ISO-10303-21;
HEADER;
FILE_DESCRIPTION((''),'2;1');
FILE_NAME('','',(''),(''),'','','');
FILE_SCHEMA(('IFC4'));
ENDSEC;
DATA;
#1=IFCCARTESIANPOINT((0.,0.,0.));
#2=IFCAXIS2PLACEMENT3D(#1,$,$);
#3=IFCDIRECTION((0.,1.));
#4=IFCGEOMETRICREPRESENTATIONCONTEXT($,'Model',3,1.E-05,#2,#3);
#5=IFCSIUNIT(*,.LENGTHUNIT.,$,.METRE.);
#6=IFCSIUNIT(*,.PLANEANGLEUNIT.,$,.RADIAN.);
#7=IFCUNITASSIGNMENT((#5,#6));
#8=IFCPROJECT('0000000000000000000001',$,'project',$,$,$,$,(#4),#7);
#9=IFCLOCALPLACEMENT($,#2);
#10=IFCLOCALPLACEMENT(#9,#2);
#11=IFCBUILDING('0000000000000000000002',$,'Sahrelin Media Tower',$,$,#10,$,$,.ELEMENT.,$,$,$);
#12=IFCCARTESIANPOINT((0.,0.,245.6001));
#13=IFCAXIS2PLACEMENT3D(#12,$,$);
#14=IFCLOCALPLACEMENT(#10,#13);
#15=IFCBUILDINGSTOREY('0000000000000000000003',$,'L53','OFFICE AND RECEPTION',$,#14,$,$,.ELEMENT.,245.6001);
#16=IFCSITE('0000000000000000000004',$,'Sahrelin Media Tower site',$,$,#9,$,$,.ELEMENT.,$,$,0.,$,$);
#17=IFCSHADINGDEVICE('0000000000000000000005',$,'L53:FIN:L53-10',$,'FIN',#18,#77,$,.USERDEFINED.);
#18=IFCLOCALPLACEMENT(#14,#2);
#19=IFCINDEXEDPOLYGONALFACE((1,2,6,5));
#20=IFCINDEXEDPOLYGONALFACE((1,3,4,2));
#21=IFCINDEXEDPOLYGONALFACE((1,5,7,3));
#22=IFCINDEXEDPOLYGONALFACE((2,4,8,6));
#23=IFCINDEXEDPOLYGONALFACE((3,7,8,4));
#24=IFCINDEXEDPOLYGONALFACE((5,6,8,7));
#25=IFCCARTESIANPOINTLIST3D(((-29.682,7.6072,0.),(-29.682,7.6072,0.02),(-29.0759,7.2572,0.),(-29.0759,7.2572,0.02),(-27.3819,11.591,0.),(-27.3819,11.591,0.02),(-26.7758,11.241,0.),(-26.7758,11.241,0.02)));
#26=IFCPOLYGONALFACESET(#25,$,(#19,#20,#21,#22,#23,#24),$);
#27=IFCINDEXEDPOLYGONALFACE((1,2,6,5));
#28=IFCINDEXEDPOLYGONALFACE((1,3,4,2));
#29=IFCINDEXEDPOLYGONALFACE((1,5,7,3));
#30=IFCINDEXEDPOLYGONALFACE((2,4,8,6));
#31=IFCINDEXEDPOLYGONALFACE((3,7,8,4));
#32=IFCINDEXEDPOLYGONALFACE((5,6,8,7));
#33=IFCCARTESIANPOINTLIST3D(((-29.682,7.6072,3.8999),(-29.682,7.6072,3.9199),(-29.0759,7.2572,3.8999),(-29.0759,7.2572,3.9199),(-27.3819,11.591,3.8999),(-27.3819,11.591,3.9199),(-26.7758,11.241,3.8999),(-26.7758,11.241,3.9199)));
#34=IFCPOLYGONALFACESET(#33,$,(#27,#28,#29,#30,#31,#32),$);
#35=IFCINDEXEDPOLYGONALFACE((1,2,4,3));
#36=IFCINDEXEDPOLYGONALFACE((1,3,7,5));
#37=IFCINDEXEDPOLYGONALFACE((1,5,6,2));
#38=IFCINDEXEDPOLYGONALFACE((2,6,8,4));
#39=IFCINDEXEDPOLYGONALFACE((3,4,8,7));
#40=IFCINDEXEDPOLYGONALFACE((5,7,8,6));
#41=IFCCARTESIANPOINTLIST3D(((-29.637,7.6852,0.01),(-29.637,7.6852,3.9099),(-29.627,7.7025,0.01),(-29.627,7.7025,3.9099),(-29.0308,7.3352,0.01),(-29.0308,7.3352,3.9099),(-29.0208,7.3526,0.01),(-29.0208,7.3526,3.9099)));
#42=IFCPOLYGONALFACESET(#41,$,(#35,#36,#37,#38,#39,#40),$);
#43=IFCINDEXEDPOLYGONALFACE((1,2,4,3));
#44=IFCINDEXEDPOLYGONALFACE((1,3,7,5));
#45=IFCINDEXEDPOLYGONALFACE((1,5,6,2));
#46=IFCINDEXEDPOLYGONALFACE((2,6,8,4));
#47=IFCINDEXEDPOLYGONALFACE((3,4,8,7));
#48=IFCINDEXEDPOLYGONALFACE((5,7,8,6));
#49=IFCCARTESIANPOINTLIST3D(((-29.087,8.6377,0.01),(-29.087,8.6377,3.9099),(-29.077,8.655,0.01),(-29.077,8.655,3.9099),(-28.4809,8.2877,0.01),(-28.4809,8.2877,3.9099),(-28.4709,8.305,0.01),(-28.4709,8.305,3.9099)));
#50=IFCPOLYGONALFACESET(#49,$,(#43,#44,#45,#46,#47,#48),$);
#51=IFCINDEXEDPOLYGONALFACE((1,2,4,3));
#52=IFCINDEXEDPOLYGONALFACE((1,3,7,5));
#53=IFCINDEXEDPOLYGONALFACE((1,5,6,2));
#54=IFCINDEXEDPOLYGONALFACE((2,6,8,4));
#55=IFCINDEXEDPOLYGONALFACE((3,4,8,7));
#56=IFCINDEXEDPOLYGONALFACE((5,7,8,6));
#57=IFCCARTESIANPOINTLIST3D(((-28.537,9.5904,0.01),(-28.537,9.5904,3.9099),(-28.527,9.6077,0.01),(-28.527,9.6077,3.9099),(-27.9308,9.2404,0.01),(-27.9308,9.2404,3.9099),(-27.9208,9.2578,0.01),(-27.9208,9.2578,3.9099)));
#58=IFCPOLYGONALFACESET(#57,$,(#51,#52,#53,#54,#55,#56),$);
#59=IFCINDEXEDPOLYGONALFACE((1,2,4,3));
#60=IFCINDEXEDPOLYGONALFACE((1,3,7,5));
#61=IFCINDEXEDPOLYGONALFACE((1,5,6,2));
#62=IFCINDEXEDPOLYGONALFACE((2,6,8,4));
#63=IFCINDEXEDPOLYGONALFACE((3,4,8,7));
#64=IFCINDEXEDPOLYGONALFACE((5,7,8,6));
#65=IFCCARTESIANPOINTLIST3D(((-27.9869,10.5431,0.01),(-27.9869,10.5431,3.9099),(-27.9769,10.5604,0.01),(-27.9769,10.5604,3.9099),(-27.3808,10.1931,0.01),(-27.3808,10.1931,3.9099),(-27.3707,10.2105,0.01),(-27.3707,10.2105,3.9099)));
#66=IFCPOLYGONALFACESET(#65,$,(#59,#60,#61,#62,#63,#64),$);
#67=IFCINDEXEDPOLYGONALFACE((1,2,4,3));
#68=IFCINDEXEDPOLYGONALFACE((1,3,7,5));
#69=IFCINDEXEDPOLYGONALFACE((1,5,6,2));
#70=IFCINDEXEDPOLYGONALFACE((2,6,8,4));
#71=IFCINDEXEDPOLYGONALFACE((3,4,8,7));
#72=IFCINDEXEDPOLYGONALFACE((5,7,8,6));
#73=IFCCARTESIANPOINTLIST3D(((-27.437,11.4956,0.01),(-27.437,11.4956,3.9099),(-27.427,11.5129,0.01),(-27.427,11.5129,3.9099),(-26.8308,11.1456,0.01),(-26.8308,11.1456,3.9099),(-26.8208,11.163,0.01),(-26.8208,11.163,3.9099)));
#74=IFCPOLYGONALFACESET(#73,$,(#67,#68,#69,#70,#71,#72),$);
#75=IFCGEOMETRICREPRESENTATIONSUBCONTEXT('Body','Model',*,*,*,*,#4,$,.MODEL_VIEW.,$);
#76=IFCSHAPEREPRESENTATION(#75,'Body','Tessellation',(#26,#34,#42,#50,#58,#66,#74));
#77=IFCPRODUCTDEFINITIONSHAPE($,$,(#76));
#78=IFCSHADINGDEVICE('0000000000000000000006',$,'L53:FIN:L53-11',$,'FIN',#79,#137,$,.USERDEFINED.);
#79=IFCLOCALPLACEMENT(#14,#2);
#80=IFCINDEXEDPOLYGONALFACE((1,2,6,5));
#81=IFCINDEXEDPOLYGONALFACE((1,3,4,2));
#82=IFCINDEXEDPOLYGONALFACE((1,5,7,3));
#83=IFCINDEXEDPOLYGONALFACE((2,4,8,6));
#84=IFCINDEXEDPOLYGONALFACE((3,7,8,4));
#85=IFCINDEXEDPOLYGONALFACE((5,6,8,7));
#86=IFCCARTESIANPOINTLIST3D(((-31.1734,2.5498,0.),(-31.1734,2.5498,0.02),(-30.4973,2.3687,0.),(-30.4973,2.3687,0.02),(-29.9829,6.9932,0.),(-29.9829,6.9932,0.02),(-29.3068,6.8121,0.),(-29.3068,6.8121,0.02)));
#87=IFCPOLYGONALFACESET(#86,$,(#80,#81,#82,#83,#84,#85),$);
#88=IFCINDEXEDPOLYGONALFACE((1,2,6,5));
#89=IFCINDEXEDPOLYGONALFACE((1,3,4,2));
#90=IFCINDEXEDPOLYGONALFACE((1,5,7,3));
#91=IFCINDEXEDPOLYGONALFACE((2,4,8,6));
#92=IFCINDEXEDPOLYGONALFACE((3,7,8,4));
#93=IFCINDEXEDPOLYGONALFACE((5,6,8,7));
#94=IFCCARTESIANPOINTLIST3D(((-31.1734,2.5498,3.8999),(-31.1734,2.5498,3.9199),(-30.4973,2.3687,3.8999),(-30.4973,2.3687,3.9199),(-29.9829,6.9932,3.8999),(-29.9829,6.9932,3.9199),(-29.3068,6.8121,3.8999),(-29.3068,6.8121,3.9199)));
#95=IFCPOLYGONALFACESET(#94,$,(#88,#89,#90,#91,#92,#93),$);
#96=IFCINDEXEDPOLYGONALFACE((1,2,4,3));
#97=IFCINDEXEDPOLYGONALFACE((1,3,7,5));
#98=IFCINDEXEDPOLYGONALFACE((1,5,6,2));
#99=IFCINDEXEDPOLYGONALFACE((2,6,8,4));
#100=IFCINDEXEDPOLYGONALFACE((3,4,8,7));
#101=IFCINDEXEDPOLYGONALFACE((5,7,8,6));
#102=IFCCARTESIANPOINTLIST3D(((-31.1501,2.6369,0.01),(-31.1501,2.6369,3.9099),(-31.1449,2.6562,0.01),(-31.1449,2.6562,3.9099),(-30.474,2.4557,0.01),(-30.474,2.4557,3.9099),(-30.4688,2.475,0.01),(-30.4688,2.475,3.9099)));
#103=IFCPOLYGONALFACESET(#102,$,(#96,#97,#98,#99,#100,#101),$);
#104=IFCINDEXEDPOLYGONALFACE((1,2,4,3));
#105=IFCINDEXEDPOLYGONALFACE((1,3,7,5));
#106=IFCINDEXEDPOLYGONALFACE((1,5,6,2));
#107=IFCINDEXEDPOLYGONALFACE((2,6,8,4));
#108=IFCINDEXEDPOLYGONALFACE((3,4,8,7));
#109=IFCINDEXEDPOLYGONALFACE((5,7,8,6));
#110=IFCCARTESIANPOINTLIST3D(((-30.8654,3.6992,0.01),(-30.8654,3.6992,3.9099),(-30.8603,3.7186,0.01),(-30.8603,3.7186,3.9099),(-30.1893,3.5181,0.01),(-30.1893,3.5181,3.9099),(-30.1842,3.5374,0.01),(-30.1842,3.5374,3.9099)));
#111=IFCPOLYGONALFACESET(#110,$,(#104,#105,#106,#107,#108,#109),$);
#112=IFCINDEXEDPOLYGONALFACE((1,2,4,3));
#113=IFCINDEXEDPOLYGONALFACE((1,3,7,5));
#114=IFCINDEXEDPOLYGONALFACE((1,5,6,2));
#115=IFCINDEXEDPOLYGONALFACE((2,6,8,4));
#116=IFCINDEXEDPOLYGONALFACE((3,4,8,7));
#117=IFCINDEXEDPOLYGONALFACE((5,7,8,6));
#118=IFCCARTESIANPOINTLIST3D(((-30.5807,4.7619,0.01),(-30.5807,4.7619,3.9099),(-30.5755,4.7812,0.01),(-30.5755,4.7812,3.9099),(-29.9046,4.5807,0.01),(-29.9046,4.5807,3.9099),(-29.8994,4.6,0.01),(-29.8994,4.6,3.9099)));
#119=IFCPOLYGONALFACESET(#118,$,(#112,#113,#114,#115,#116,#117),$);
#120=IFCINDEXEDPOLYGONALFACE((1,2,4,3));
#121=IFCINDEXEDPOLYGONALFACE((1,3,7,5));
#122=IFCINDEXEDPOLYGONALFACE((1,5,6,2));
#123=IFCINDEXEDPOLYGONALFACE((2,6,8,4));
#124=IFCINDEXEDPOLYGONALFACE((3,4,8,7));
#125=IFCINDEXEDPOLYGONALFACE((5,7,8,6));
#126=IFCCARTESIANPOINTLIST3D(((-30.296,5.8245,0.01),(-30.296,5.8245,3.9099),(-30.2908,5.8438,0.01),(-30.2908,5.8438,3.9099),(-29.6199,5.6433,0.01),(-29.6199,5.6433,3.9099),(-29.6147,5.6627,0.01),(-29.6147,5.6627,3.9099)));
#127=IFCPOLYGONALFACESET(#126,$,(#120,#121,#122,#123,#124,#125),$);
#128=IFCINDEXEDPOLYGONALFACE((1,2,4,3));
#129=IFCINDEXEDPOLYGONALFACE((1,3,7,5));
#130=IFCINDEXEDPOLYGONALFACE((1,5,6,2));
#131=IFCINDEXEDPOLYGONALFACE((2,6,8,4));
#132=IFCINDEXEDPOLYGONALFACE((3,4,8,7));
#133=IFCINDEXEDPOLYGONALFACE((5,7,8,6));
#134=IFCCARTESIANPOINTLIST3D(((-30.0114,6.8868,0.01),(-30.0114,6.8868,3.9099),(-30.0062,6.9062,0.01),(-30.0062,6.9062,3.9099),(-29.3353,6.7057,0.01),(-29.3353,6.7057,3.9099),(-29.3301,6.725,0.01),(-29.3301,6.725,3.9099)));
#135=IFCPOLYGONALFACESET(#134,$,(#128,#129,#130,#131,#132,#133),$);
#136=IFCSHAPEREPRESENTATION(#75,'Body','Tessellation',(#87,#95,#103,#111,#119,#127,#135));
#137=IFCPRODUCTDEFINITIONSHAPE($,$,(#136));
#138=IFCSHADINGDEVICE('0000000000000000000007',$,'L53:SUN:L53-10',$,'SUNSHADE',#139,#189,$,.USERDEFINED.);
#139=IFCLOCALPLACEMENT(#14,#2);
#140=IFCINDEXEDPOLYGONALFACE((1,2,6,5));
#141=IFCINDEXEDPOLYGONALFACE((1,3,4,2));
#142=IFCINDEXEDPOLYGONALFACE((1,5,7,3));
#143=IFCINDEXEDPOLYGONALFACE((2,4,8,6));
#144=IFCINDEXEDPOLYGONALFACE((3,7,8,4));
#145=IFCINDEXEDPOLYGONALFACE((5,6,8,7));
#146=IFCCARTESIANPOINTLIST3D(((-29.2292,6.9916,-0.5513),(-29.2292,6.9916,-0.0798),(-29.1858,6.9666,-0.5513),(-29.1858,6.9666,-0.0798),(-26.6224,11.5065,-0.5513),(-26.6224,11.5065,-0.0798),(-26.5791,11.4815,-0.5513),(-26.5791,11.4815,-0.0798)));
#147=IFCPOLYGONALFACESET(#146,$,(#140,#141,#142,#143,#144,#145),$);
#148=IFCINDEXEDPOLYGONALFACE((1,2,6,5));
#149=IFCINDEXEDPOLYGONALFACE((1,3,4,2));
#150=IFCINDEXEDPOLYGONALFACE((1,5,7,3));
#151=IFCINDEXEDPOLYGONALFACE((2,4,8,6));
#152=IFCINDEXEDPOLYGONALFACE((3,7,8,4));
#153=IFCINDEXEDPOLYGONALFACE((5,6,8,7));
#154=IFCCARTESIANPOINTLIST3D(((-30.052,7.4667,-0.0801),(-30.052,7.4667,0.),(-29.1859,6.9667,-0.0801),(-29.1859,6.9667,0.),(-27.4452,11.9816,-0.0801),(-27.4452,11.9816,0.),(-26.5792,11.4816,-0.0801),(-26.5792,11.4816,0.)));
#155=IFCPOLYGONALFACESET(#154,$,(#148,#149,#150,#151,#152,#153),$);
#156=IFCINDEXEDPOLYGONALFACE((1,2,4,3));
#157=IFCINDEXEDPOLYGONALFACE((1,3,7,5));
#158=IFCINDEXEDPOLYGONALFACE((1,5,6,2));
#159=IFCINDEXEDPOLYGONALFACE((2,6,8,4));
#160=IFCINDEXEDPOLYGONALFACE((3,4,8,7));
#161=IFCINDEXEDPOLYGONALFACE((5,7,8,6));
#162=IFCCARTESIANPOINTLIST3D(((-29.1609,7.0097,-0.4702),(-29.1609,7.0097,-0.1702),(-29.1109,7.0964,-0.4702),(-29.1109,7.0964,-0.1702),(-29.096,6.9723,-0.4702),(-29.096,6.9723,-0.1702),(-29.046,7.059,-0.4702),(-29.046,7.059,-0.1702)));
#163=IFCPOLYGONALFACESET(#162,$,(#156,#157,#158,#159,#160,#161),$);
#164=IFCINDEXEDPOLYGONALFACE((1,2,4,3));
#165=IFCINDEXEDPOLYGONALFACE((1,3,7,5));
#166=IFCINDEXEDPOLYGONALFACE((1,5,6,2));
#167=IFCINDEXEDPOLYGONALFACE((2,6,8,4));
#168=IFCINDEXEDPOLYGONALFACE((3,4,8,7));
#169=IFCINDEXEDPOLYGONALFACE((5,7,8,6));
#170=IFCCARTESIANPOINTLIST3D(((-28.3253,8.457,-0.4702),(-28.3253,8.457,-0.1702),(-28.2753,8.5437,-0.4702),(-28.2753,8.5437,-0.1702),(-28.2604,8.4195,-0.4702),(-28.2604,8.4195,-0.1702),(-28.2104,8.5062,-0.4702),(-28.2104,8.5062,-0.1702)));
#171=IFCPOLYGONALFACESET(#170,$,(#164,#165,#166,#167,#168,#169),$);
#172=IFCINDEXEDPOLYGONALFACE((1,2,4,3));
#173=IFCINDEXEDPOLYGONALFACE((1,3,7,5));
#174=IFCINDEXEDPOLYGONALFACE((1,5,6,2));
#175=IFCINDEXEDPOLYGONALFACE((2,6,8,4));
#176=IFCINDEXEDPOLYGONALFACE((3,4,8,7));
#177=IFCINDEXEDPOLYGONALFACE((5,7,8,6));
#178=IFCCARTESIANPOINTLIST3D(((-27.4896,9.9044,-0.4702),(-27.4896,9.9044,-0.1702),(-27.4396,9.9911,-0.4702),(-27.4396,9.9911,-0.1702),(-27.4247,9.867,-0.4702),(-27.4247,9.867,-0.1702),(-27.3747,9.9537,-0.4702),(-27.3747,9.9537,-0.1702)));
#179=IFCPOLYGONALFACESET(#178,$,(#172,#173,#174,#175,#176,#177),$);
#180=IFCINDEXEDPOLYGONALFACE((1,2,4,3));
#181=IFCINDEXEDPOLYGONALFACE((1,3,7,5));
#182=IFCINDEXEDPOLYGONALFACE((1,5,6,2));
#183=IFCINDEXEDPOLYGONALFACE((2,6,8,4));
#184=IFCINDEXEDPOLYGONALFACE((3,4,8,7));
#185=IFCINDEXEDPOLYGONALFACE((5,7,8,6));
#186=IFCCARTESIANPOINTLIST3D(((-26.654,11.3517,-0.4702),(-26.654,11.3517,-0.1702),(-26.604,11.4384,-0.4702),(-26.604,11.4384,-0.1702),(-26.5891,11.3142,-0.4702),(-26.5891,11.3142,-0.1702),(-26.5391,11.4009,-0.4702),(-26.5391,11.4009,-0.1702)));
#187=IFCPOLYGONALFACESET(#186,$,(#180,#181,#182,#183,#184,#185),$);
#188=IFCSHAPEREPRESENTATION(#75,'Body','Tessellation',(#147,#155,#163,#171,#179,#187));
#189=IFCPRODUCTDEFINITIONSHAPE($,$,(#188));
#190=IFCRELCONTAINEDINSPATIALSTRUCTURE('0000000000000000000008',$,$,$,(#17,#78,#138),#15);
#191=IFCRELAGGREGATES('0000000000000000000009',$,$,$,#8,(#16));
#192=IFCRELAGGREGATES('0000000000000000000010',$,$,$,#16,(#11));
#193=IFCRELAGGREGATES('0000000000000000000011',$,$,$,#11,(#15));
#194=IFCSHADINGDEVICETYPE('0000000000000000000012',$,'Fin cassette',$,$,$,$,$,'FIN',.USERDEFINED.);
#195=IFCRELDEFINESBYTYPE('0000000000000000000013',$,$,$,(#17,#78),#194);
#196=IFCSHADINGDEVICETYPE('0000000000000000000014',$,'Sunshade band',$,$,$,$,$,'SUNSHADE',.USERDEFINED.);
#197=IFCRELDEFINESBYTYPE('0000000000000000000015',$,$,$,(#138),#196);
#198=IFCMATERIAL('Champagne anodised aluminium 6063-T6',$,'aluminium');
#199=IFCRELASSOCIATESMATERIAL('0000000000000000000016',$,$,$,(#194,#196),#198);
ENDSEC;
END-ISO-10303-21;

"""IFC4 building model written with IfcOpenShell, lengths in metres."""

from ifc_helpers import new_model, si_unit, direction, frame, origin, origin_2d, place, context, subcontext, project, spatial, rectangle, extrude, material, type_object, element, save


model = new_model("IFC4")

# Units and contexts
model_context = context("Model", 3, precision=1e-05, world=origin(), true_north=direction((0.0, 1.0)))
body_context = subcontext(model_context, "Body", "Model", "MODEL_VIEW")
ifc_project = project(units=[si_unit("LENGTHUNIT", "METRE"), si_unit("PLANEANGLEUNIT", "RADIAN")], contexts=[model_context])

# Site, building, storey
site_placement = place(None, origin())
site = spatial("IfcSite", under=ifc_project, at=site_placement, Name="Sahrelin Media Tower site", CompositionType="ELEMENT", RefElevation=0.0)
building_placement = place(site_placement, origin())
building = spatial("IfcBuilding", under=site, at=building_placement, Name="Sahrelin Media Tower", CompositionType="ELEMENT")
storey_placement = place(building_placement, frame((0.0, 0.0, 245.6001)))
storey = spatial("IfcBuildingStorey", under=building, at=storey_placement, Name="L53", Description="OFFICE AND RECEPTION", CompositionType="ELEMENT", Elevation=245.6001)

# Shared definitions
ifc_material_1 = material(Name="Champagne anodised aluminium 6063-T6", Category="aluminium")

# Shading devices
shading_device_type_1 = type_object("IfcShadingDeviceType", Name="Fin cassette", ElementType="FIN", PredefinedType="USERDEFINED", material=ifc_material_1)
placement_1 = place(storey_placement, frame((-27.8652, 9.2141, 0.0), z_axis=(0.0, 0.0, 1.0), x_axis=(0.500011, 0.866019, 0.0)))
element("IfcShadingDevice", 1, at=placement_1, inside=storey, type_object=shading_device_type_1, Name="L53:FIN:L53-10", ObjectType="FIN", PredefinedType="USERDEFINED", context=body_context, shape_type="SweptSolid", body=[
    extrude(rectangle(XDim=4.6001, YDim=0.7, at=origin_2d()), frame((0.0, 0.4199, 0.0)), (0.0, 0.0, 1.0), 0.02),
    extrude(rectangle(XDim=4.6001, YDim=0.7, at=origin_2d()), frame((0.0, 0.4199, 3.8999)), (0.0, 0.0, 1.0), 0.02),
    extrude(rectangle(XDim=0.02, YDim=0.7, at=origin_2d()), frame((-2.2, 0.4199, 0.01), z_axis=(0.0, 0.0, 1.0), x_axis=(1.0, 0.0, 0.0)), (0.0, 0.0, 1.0), 3.8999),
    extrude(rectangle(XDim=0.02, YDim=0.7, at=origin_2d()), frame((-1.1001, 0.4199, 0.01), z_axis=(0.0, 0.0, 1.0), x_axis=(1.0, 0.0, 0.0)), (0.0, 0.0, 1.0), 3.8999),
    extrude(rectangle(XDim=0.02, YDim=0.7, at=origin_2d()), frame((0.0, 0.4199, 0.01), z_axis=(0.0, 0.0, 1.0), x_axis=(1.0, 0.0, 0.0)), (0.0, 0.0, 1.0), 3.8999),
    extrude(rectangle(XDim=0.02, YDim=0.7, at=origin_2d()), frame((1.1001, 0.4199, 0.01), z_axis=(0.0, 0.0, 1.0), x_axis=(1.0, 0.0, 0.0)), (0.0, 0.0, 1.0), 3.8999),
    extrude(rectangle(XDim=0.02, YDim=0.7, at=origin_2d()), frame((2.2, 0.4199, 0.01), z_axis=(0.0, 0.0, 1.0), x_axis=(1.0, 0.0, 0.0)), (0.0, 0.0, 1.0), 3.8999),
])
placement_2 = place(storey_placement, frame((-29.8345, 4.5723, 0.0), z_axis=(0.0, 0.0, 1.0), x_axis=(0.258808, 0.965929, 0.0)))
element("IfcShadingDevice", 2, at=placement_2, inside=storey, type_object=shading_device_type_1, Name="L53:FIN:L53-11", ObjectType="FIN", PredefinedType="USERDEFINED", context=body_context, shape_type="SweptSolid", body=[
    extrude(rectangle(XDim=4.6001, YDim=0.7, at=origin_2d()), frame((0.0, 0.4199, 0.0)), (0.0, 0.0, 1.0), 0.02),
    extrude(rectangle(XDim=4.6001, YDim=0.7, at=origin_2d()), frame((0.0, 0.4199, 3.8999)), (0.0, 0.0, 1.0), 0.02),
    extrude(rectangle(XDim=0.02, YDim=0.7, at=origin_2d()), frame((-2.2, 0.4199, 0.01), z_axis=(0.0, 0.0, 1.0), x_axis=(1.0, 0.0, 0.0)), (0.0, 0.0, 1.0), 3.8999),
    extrude(rectangle(XDim=0.02, YDim=0.7, at=origin_2d()), frame((-1.1001, 0.4199, 0.01), z_axis=(0.0, 0.0, 1.0), x_axis=(1.0, 0.0, 0.0)), (0.0, 0.0, 1.0), 3.8999),
    extrude(rectangle(XDim=0.02, YDim=0.7, at=origin_2d()), frame((0.0, 0.4199, 0.01), z_axis=(0.0, 0.0, 1.0), x_axis=(1.0, 0.0, 0.0)), (0.0, 0.0, 1.0), 3.8999),
    extrude(rectangle(XDim=0.02, YDim=0.7, at=origin_2d()), frame((1.1001, 0.4199, 0.01), z_axis=(0.0, 0.0, 1.0), x_axis=(1.0, 0.0, 0.0)), (0.0, 0.0, 1.0), 3.8999),
    extrude(rectangle(XDim=0.02, YDim=0.7, at=origin_2d()), frame((2.2, 0.4199, 0.01), z_axis=(0.0, 0.0, 1.0), x_axis=(1.0, 0.0, 0.0)), (0.0, 0.0, 1.0), 3.8999),
])
shading_device_type_2 = type_object("IfcShadingDeviceType", Name="Sunshade band", ElementType="SUNSHADE", PredefinedType="USERDEFINED", material=ifc_material_1)
element("IfcShadingDevice", 3, at=placement_1, inside=storey, type_object=shading_device_type_2, Name="L53:SUN:L53-10", ObjectType="SUNSHADE", PredefinedType="USERDEFINED", context=body_context, shape_type="SweptSolid", body=[
    extrude(rectangle(XDim=5.2134, YDim=0.05, at=origin_2d()), frame((0.0, 0.0449, -0.5513)), (0.0, 0.0, 1.0), 0.4714),
    extrude(rectangle(XDim=5.2134, YDim=1.0, at=origin_2d()), frame((0.0, 0.52, -0.0801)), (0.0, 0.0, 1.0), 0.0801),
    extrude(rectangle(XDim=0.1001, YDim=0.075, at=origin_2d()), frame((-2.5068, -0.0176, -0.4702)), (0.0, 0.0, 1.0), 0.3),
    extrude(rectangle(XDim=0.1001, YDim=0.075, at=origin_2d()), frame((-0.8357, -0.0176, -0.4702)), (0.0, 0.0, 1.0), 0.3),
    extrude(rectangle(XDim=0.1001, YDim=0.075, at=origin_2d()), frame((0.8357, -0.0176, -0.4702)), (0.0, 0.0, 1.0), 0.3),
    extrude(rectangle(XDim=0.1001, YDim=0.075, at=origin_2d()), frame((2.5068, -0.0176, -0.4702)), (0.0, 0.0, 1.0), 0.3),
])

save(model, "model.ifc")
